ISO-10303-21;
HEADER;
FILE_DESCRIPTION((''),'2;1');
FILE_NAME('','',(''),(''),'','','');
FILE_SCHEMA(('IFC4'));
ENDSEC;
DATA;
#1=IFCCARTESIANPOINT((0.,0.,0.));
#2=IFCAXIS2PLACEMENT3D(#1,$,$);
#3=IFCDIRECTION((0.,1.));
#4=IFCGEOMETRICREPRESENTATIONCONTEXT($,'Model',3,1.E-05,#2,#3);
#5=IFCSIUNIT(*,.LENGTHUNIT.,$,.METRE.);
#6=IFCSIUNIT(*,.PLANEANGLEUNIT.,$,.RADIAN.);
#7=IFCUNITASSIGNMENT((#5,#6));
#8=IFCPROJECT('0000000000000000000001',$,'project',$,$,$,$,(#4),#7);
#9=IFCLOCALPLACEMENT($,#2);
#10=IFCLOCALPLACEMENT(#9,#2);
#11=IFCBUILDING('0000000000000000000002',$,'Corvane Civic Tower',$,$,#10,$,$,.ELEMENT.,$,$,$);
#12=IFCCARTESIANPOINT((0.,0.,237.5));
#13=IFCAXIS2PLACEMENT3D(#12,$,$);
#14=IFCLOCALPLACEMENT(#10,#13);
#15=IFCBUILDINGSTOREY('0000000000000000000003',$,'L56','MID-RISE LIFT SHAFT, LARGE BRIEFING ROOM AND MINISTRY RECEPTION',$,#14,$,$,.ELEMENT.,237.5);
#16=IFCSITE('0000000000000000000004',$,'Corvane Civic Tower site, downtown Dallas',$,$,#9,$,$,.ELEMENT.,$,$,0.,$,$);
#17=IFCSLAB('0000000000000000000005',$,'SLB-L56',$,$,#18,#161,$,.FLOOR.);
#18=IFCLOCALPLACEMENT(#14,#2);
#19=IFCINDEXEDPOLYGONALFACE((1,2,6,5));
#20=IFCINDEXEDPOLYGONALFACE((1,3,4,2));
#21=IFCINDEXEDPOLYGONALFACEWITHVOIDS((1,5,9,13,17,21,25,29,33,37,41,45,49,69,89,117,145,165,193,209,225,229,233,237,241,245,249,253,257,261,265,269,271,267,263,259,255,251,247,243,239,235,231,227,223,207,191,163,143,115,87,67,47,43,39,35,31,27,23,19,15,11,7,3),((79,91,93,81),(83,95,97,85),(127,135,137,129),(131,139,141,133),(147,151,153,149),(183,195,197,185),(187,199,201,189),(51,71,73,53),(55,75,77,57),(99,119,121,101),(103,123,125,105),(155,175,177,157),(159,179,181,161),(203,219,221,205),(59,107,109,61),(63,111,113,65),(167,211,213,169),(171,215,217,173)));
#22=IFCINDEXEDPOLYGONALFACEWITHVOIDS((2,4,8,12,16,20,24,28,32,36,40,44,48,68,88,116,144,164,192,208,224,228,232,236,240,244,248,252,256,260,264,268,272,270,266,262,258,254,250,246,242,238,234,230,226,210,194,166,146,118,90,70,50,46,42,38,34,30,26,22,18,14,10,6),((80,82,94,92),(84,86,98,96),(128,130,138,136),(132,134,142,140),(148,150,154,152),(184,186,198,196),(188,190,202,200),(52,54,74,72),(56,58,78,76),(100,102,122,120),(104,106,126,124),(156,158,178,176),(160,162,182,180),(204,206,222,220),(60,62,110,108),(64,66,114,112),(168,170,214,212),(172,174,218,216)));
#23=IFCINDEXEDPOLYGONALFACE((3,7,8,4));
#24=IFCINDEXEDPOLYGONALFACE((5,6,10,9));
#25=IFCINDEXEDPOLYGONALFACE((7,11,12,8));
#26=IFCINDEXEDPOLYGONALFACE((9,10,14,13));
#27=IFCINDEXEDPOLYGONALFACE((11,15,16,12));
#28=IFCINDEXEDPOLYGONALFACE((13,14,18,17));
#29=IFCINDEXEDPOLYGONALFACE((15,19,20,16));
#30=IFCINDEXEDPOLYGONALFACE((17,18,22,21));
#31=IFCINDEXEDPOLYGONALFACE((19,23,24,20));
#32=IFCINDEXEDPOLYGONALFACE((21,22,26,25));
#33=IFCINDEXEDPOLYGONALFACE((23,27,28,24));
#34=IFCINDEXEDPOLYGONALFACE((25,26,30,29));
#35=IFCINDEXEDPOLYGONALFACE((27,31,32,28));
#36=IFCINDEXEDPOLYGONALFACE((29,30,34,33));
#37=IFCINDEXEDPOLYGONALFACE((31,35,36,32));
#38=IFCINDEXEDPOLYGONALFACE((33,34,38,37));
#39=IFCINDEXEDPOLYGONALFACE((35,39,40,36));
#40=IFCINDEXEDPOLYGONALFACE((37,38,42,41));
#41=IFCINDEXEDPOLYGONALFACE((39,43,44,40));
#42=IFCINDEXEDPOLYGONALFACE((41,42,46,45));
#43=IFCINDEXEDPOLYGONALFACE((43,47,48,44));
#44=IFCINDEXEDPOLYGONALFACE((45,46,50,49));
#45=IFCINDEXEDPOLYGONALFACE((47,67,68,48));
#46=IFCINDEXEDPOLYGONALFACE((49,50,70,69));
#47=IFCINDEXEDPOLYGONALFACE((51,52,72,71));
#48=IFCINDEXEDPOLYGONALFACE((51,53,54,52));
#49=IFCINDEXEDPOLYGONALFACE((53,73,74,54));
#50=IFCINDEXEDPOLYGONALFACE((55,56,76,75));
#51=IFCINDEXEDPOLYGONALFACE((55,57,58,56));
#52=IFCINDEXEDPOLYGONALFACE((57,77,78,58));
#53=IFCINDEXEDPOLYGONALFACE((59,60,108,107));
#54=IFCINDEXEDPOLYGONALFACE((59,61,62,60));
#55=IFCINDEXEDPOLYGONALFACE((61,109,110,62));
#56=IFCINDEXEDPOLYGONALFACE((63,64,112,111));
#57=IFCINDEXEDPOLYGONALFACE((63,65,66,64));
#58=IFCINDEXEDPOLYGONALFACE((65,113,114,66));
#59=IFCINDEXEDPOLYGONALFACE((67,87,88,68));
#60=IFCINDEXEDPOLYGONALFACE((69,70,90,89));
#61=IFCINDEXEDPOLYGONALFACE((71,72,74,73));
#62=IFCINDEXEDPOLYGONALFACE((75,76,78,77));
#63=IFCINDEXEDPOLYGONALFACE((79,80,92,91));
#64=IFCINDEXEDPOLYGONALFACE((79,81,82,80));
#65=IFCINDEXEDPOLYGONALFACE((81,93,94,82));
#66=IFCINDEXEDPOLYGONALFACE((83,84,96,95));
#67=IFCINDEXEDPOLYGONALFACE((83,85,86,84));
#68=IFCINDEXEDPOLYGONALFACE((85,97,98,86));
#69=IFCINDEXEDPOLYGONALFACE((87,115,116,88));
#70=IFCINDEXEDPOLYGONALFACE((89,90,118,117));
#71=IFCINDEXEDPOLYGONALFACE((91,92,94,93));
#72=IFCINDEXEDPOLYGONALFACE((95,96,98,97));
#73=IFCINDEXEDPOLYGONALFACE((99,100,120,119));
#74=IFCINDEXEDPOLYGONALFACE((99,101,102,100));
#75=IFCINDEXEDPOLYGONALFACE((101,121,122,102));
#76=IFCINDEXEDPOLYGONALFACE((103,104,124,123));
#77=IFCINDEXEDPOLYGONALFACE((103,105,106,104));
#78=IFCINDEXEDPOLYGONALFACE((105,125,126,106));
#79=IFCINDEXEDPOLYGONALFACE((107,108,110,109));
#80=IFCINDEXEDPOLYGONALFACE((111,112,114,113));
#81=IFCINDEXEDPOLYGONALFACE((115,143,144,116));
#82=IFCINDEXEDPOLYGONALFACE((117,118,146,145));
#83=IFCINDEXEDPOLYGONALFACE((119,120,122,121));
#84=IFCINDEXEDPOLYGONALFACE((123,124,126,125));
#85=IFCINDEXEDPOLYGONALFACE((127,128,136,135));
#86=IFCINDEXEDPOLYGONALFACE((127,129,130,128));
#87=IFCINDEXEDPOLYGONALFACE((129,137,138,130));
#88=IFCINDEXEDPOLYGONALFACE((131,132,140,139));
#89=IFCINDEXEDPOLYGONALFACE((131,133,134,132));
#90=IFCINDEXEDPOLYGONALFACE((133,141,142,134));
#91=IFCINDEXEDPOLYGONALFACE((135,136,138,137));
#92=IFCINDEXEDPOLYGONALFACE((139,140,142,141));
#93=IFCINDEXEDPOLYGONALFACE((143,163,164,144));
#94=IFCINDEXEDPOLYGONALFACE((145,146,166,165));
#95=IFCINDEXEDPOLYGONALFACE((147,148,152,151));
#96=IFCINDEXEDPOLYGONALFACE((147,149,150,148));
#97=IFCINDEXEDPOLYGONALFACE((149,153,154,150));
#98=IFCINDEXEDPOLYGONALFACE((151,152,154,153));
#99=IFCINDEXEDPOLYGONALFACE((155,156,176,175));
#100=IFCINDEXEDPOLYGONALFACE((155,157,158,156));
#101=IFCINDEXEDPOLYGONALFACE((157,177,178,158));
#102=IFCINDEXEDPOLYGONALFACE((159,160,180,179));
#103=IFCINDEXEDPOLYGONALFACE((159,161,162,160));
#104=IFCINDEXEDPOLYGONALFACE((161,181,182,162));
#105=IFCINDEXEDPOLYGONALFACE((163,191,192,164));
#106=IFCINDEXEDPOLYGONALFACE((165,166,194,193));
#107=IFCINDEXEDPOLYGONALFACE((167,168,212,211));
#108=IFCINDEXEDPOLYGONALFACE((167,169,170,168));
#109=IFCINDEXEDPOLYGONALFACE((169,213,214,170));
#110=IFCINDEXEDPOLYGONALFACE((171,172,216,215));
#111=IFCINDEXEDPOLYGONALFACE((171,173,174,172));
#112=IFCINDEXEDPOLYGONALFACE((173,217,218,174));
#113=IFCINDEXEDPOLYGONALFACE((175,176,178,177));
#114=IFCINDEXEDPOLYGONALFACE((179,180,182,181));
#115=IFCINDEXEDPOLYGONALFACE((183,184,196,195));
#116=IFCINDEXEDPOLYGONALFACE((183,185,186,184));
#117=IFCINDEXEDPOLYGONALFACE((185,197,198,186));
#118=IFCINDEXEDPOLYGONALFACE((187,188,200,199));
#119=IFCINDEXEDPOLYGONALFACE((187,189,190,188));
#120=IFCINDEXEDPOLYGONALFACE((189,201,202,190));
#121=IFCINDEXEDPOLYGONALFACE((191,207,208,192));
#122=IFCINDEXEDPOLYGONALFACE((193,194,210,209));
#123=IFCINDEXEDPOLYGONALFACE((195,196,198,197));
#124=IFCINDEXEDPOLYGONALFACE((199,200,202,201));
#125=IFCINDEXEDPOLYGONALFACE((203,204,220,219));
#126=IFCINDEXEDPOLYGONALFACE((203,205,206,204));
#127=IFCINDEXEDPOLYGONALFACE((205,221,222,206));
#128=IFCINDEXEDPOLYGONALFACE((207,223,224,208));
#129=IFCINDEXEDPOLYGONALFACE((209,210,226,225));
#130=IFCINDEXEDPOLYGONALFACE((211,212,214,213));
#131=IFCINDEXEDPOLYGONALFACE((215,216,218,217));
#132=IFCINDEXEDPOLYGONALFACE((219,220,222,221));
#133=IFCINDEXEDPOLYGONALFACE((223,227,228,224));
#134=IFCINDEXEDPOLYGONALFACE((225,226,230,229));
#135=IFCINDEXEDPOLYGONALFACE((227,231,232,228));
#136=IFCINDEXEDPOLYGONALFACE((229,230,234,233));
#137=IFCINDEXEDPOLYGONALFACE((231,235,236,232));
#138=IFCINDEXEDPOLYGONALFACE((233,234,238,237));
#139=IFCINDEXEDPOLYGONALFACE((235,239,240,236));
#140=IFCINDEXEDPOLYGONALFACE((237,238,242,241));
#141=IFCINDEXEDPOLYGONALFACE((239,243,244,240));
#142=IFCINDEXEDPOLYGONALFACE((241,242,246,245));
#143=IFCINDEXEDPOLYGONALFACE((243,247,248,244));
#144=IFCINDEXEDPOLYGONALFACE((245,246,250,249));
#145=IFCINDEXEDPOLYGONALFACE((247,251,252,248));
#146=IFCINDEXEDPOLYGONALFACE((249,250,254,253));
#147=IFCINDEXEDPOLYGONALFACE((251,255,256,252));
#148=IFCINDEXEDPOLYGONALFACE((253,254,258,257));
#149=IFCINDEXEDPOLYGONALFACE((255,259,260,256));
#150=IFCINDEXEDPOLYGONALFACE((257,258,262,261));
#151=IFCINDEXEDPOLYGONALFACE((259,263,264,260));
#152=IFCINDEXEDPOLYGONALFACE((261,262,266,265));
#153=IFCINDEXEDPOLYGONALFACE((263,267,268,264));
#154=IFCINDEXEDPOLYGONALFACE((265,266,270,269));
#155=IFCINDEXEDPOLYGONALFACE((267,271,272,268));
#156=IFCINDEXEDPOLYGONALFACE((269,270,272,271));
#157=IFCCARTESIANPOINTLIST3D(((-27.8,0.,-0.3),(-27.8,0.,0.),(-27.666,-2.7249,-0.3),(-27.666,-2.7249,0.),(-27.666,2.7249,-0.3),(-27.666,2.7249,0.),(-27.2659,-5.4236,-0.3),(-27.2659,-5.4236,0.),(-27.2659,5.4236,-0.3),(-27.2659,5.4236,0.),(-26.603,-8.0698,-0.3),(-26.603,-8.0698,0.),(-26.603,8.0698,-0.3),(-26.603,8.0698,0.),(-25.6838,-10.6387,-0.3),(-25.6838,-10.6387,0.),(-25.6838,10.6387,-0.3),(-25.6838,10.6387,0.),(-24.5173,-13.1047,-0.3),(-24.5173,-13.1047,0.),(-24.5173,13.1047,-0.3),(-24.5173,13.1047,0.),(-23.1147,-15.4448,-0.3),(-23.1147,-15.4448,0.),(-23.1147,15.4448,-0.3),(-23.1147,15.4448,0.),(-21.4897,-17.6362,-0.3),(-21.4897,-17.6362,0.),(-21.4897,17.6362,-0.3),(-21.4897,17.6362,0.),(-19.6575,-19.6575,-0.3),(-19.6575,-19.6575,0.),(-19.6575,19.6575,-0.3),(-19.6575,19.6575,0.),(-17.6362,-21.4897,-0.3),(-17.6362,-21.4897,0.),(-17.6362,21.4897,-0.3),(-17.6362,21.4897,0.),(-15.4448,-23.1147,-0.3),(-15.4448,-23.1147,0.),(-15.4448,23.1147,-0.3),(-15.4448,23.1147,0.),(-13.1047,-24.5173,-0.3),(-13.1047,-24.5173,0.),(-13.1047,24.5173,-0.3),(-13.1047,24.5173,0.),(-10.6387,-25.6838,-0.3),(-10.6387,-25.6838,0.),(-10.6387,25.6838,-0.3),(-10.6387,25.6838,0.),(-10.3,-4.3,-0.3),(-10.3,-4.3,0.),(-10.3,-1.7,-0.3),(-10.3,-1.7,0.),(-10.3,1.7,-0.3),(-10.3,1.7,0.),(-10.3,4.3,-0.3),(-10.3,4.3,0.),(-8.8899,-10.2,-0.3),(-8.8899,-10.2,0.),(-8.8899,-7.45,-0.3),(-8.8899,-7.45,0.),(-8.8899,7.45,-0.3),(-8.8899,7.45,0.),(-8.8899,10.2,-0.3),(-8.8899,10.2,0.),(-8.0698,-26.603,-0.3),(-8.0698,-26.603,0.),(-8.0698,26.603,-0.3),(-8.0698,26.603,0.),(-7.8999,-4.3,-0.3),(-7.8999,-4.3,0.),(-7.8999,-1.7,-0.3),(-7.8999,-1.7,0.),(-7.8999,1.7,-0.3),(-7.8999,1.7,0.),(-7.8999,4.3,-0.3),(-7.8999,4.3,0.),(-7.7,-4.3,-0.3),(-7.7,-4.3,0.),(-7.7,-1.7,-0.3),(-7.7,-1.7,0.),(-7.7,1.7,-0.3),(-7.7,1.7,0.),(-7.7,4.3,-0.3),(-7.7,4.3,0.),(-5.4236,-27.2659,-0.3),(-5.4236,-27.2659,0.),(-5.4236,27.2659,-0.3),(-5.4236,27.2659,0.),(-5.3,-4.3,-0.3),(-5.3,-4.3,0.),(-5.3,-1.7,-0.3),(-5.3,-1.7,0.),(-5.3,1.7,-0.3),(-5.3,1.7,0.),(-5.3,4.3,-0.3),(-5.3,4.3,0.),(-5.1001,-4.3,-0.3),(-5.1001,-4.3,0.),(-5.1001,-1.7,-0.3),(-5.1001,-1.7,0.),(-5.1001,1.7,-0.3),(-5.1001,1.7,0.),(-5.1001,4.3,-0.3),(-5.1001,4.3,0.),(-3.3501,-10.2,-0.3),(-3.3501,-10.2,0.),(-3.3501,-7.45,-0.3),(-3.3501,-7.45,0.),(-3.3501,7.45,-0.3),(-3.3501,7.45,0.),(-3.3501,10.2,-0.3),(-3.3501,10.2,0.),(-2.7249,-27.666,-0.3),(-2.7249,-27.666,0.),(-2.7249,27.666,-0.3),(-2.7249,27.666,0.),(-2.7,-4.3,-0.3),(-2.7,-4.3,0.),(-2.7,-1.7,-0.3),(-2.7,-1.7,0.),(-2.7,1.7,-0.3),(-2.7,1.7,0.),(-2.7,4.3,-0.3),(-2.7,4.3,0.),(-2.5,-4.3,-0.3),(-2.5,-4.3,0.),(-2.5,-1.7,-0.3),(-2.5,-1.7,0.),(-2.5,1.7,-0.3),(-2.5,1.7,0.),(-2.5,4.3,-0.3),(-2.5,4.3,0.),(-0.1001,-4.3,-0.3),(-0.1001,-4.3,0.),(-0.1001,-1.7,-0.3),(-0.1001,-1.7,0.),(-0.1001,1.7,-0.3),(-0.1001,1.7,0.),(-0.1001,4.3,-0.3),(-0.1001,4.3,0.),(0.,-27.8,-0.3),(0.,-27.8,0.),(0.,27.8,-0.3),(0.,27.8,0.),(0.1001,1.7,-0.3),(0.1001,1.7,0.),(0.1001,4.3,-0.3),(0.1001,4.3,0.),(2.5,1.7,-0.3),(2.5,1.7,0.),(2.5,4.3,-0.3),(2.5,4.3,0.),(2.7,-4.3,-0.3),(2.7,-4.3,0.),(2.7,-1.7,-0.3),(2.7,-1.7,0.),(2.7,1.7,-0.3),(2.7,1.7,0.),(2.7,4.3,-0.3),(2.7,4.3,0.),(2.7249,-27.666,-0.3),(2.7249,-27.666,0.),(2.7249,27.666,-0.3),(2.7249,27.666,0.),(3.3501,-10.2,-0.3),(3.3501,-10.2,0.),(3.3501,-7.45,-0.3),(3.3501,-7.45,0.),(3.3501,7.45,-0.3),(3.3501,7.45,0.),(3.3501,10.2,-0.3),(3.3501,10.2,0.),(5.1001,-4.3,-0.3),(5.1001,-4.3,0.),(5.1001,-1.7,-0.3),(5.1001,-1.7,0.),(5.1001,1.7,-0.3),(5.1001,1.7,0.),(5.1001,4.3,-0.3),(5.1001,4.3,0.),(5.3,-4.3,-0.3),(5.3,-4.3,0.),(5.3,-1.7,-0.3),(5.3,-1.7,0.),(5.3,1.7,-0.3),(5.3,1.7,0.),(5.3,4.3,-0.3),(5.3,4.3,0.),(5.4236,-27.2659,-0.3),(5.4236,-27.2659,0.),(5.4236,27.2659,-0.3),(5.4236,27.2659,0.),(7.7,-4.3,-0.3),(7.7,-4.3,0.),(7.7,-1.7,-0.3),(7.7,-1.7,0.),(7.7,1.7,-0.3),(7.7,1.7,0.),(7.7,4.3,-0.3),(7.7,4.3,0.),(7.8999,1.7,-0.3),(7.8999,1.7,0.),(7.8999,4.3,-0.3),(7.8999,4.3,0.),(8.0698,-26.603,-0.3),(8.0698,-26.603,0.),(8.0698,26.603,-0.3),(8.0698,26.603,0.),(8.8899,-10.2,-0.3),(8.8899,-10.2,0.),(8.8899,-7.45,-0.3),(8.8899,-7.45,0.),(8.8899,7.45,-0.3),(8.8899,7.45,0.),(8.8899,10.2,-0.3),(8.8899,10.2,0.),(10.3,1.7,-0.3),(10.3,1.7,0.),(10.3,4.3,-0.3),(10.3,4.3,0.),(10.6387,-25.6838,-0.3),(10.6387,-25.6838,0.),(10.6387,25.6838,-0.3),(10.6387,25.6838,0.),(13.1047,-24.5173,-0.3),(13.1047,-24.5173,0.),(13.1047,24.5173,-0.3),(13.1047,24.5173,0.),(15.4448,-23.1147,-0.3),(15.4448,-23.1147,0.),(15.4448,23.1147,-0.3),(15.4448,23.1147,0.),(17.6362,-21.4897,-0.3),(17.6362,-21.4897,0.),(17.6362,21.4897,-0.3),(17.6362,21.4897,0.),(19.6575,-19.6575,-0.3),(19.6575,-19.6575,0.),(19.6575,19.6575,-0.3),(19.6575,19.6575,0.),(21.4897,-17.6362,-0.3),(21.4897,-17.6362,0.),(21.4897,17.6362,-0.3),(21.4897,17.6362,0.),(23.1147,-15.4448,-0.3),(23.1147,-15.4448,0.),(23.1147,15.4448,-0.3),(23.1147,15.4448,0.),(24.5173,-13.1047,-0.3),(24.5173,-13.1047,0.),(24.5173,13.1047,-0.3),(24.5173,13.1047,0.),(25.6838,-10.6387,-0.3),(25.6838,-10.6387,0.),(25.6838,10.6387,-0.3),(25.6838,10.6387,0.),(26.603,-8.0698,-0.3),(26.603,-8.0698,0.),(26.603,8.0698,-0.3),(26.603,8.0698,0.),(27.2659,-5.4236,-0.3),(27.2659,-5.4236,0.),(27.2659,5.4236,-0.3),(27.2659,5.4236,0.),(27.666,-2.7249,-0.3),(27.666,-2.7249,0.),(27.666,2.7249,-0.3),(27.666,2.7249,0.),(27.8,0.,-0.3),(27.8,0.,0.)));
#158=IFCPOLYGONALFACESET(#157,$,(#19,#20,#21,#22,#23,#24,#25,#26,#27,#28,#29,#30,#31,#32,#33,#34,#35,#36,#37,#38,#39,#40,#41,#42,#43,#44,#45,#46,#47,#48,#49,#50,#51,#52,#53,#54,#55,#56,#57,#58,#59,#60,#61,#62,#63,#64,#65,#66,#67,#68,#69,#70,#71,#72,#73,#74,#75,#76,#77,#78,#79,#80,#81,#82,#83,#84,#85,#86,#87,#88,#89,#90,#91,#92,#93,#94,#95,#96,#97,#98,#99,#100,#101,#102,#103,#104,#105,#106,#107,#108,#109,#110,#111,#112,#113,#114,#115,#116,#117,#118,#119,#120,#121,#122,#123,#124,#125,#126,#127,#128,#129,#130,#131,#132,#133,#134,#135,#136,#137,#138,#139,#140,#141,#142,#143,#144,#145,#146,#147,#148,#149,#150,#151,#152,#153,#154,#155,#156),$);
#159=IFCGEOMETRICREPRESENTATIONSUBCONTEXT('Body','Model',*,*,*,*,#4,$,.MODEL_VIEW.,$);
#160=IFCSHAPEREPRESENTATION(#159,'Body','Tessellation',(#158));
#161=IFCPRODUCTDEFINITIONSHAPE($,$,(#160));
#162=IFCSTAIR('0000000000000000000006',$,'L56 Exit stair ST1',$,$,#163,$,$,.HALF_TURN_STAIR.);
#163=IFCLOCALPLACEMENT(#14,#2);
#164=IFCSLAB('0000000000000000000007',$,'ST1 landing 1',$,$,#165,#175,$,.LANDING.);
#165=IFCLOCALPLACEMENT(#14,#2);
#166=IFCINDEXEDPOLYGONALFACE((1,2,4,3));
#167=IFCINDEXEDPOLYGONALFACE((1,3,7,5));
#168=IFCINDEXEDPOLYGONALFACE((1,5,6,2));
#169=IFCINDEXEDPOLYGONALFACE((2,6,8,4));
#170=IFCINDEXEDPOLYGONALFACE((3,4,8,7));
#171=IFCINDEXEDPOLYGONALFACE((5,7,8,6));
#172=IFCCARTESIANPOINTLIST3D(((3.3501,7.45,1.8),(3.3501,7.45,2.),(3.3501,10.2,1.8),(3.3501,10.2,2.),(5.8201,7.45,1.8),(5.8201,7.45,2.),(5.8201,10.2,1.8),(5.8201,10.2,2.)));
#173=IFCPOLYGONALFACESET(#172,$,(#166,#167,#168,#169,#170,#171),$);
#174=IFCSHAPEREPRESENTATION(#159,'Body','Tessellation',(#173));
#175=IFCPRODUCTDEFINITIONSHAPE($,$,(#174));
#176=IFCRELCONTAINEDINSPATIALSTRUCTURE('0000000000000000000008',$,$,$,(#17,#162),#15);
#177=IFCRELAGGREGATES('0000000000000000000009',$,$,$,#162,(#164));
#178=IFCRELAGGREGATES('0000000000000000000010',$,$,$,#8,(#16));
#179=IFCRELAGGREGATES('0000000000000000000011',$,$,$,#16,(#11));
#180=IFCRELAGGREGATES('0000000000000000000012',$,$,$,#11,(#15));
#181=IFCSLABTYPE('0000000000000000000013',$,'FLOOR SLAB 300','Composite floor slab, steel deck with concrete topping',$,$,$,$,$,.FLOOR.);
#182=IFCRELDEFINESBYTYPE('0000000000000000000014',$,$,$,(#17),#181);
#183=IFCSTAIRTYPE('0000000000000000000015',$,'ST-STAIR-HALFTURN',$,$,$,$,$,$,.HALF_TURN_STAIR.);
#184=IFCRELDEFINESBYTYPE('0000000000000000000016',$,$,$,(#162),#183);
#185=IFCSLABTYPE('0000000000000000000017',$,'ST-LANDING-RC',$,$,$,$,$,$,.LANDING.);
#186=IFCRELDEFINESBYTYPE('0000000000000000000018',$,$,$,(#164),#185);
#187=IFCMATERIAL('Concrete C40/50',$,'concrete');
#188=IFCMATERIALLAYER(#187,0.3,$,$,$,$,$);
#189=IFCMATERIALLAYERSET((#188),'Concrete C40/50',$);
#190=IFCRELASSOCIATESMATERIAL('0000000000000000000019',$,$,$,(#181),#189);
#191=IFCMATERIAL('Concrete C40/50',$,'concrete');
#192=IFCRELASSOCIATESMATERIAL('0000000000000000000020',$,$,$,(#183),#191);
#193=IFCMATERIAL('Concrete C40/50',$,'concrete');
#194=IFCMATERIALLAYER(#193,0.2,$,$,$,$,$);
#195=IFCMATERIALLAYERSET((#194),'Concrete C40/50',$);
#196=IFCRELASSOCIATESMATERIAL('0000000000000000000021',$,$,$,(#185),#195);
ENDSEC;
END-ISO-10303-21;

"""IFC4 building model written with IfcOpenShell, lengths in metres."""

from ifc_helpers import new_model, si_unit, direction, frame, origin, place, context, subcontext, project, spatial, polyline, outline, extrude, material, layer, layer_set, type_object, element, aggregate, save


model = new_model("IFC4")

# Units and contexts
model_context = context("Model", 3, precision=1e-05, world=origin(), true_north=direction((0.0, 1.0)))
body_context = subcontext(model_context, "Body", "Model", "MODEL_VIEW")
ifc_project = project(units=[si_unit("LENGTHUNIT", "METRE"), si_unit("PLANEANGLEUNIT", "RADIAN")], contexts=[model_context])

# Site, building, storey
site_placement = place(None, origin())
site = spatial("IfcSite", under=ifc_project, at=site_placement, Name="Corvane Civic Tower site, downtown Dallas", CompositionType="ELEMENT", RefElevation=0.0)
building_placement = place(site_placement, origin())
building = spatial("IfcBuilding", under=site, at=building_placement, Name="Corvane Civic Tower", CompositionType="ELEMENT")
storey_placement = place(building_placement, frame((0.0, 0.0, 237.5)))
storey = spatial("IfcBuildingStorey", under=building, at=storey_placement, Name="L56", Description="MID-RISE LIFT SHAFT, LARGE BRIEFING ROOM AND MINISTRY RECEPTION", CompositionType="ELEMENT", Elevation=237.5)

# Slab
ifc_material_1 = material(Name="Concrete C40/50", Category="concrete")
ifc_layer_1 = layer(ifc_material_1, 0.3)
ifc_layer_set_1 = layer_set([ifc_layer_1], Name="Concrete C40/50")
slab_type_1 = type_object("IfcSlabType", Name="FLOOR SLAB 300", Description="Composite floor slab, steel deck with concrete topping", PredefinedType="FLOOR", material=ifc_layer_set_1)
slab_1_placement = place(storey_placement, frame((0.0, 0.0, -0.3)))
element("IfcSlab", 1, at=slab_1_placement, inside=storey, type_object=slab_type_1, Name="SLB-L56", PredefinedType="FLOOR", context=body_context, shape_type="SweptSolid", body=[
    extrude(outline(polyline([(0.0, 27.8), (-2.7249, 27.666), (-5.4236, 27.2659), (-8.0698, 26.603), (-10.6387, 25.6838), (-13.1047, 24.5173), (-15.4448, 23.1147), (-17.6362, 21.4897), (-19.6575, 19.6575), (-21.4897, 17.6362), (-23.1147, 15.4448), (-24.5173, 13.1047), (-25.6838, 10.6387), (-26.603, 8.0698), (-27.2659, 5.4236), (-27.666, 2.7249), (-27.8, 0.0), (-27.666, -2.7249), (-27.2659, -5.4236), (-26.603, -8.0698), (-25.6838, -10.6387), (-24.5173, -13.1047), (-23.1147, -15.4448), (-21.4897, -17.6362), (-19.6575, -19.6575), (-17.6362, -21.4897), (-15.4448, -23.1147), (-13.1047, -24.5173), (-10.6387, -25.6838), (-8.0698, -26.603), (-5.4236, -27.2659), (-2.7249, -27.666), (0.0, -27.8), (2.7249, -27.666), (5.4236, -27.2659), (8.0698, -26.603), (10.6387, -25.6838), (13.1047, -24.5173), (15.4448, -23.1147), (17.6362, -21.4897), (19.6575, -19.6575), (21.4897, -17.6362), (23.1147, -15.4448), (24.5173, -13.1047), (25.6838, -10.6387), (26.603, -8.0698), (27.2659, -5.4236), (27.666, -2.7249), (27.8, 0.0), (27.666, 2.7249), (27.2659, 5.4236), (26.603, 8.0698), (25.6838, 10.6387), (24.5173, 13.1047), (23.1147, 15.4448), (21.4897, 17.6362), (19.6575, 19.6575), (17.6362, 21.4897), (15.4448, 23.1147), (13.1047, 24.5173), (10.6387, 25.6838), (8.0698, 26.603), (5.4236, 27.2659), (2.7249, 27.666), (0.0, 27.8)]), holes=[polyline([(-10.3, 4.3), (-7.8999, 4.3), (-7.8999, 1.7), (-10.3, 1.7), (-10.3, 4.3)]), polyline([(-5.3, 1.7), (-7.7, 1.7), (-7.7, 4.3), (-5.3, 4.3), (-5.3, 1.7)]), polyline([(-5.1001, 4.3), (-2.7, 4.3), (-2.7, 1.7), (-5.1001, 1.7), (-5.1001, 4.3)]), polyline([(-0.1001, 4.3), (-0.1001, 1.7), (-2.5, 1.7), (-2.5, 4.3), (-0.1001, 4.3)]), polyline([(2.5, 4.3), (2.5, 1.7), (0.1001, 1.7), (0.1001, 4.3), (2.5, 4.3)]), polyline([(2.7, 4.3), (5.1001, 4.3), (5.1001, 1.7), (2.7, 1.7), (2.7, 4.3)]), polyline([(5.3, 4.3), (7.7, 4.3), (7.7, 1.7), (5.3, 1.7), (5.3, 4.3)]), polyline([(7.8999, 4.3), (10.3, 4.3), (10.3, 1.7), (7.8999, 1.7), (7.8999, 4.3)]), polyline([(-10.3, -4.3), (-10.3, -1.7), (-7.8999, -1.7), (-7.8999, -4.3), (-10.3, -4.3)]), polyline([(-5.3, -1.7), (-5.3, -4.3), (-7.7, -4.3), (-7.7, -1.7), (-5.3, -1.7)]), polyline([(-5.1001, -4.3), (-5.1001, -1.7), (-2.7, -1.7), (-2.7, -4.3), (-5.1001, -4.3)]), polyline([(-0.1001, -1.7), (-0.1001, -4.3), (-2.5, -4.3), (-2.5, -1.7), (-0.1001, -1.7)]), polyline([(5.1001, -1.7), (5.1001, -4.3), (2.7, -4.3), (2.7, -1.7), (5.1001, -1.7)]), polyline([(7.7, -1.7), (7.7, -4.3), (5.3, -4.3), (5.3, -1.7), (7.7, -1.7)]), polyline([(8.8899, 10.2), (8.8899, 7.45), (3.3501, 7.45), (3.3501, 10.2), (8.8899, 10.2)]), polyline([(-8.8899, 7.45), (-8.8899, 10.2), (-3.3501, 10.2), (-3.3501, 7.45), (-8.8899, 7.45)]), polyline([(8.8899, -7.45), (8.8899, -10.2), (3.3501, -10.2), (3.3501, -7.45), (8.8899, -7.45)]), polyline([(-8.8899, -10.2), (-8.8899, -7.45), (-3.3501, -7.45), (-3.3501, -10.2), (-8.8899, -10.2)])]), origin(), (0.0, 0.0, 1.0), 0.3),
])

# Stair, slab
ifc_material_2 = material(Name="Concrete C40/50", Category="concrete")
stair_type = type_object("IfcStairType", Name="ST-STAIR-HALFTURN", PredefinedType="HALF_TURN_STAIR", material=ifc_material_2)
stair_1_placement = place(storey_placement, origin())
stair_1 = element("IfcStair", 2, at=stair_1_placement, inside=storey, type_object=stair_type, Name="L56 Exit stair ST1", PredefinedType="HALF_TURN_STAIR")
ifc_material_3 = material(Name="Concrete C40/50", Category="concrete")
ifc_layer_2 = layer(ifc_material_3, 0.2)
ifc_layer_set_2 = layer_set([ifc_layer_2], Name="Concrete C40/50")
slab_type_2 = type_object("IfcSlabType", Name="ST-LANDING-RC", PredefinedType="LANDING", material=ifc_layer_set_2)
slab_2_placement = place(storey_placement, frame((0.0, 0.0, 1.8)))
slab_2 = element("IfcSlab", 3, at=slab_2_placement, type_object=slab_type_2, Name="ST1 landing 1", PredefinedType="LANDING", context=body_context, shape_type="SweptSolid", body=[
    extrude(outline(polyline([(5.8201, 10.2), (3.3501, 10.2), (3.3501, 7.45), (5.8201, 7.45), (5.8201, 10.2)])), origin(), (0.0, 0.0, 1.0), 0.2),
])
aggregate(stair_1, [slab_2])

save(model, "model.ifc")
